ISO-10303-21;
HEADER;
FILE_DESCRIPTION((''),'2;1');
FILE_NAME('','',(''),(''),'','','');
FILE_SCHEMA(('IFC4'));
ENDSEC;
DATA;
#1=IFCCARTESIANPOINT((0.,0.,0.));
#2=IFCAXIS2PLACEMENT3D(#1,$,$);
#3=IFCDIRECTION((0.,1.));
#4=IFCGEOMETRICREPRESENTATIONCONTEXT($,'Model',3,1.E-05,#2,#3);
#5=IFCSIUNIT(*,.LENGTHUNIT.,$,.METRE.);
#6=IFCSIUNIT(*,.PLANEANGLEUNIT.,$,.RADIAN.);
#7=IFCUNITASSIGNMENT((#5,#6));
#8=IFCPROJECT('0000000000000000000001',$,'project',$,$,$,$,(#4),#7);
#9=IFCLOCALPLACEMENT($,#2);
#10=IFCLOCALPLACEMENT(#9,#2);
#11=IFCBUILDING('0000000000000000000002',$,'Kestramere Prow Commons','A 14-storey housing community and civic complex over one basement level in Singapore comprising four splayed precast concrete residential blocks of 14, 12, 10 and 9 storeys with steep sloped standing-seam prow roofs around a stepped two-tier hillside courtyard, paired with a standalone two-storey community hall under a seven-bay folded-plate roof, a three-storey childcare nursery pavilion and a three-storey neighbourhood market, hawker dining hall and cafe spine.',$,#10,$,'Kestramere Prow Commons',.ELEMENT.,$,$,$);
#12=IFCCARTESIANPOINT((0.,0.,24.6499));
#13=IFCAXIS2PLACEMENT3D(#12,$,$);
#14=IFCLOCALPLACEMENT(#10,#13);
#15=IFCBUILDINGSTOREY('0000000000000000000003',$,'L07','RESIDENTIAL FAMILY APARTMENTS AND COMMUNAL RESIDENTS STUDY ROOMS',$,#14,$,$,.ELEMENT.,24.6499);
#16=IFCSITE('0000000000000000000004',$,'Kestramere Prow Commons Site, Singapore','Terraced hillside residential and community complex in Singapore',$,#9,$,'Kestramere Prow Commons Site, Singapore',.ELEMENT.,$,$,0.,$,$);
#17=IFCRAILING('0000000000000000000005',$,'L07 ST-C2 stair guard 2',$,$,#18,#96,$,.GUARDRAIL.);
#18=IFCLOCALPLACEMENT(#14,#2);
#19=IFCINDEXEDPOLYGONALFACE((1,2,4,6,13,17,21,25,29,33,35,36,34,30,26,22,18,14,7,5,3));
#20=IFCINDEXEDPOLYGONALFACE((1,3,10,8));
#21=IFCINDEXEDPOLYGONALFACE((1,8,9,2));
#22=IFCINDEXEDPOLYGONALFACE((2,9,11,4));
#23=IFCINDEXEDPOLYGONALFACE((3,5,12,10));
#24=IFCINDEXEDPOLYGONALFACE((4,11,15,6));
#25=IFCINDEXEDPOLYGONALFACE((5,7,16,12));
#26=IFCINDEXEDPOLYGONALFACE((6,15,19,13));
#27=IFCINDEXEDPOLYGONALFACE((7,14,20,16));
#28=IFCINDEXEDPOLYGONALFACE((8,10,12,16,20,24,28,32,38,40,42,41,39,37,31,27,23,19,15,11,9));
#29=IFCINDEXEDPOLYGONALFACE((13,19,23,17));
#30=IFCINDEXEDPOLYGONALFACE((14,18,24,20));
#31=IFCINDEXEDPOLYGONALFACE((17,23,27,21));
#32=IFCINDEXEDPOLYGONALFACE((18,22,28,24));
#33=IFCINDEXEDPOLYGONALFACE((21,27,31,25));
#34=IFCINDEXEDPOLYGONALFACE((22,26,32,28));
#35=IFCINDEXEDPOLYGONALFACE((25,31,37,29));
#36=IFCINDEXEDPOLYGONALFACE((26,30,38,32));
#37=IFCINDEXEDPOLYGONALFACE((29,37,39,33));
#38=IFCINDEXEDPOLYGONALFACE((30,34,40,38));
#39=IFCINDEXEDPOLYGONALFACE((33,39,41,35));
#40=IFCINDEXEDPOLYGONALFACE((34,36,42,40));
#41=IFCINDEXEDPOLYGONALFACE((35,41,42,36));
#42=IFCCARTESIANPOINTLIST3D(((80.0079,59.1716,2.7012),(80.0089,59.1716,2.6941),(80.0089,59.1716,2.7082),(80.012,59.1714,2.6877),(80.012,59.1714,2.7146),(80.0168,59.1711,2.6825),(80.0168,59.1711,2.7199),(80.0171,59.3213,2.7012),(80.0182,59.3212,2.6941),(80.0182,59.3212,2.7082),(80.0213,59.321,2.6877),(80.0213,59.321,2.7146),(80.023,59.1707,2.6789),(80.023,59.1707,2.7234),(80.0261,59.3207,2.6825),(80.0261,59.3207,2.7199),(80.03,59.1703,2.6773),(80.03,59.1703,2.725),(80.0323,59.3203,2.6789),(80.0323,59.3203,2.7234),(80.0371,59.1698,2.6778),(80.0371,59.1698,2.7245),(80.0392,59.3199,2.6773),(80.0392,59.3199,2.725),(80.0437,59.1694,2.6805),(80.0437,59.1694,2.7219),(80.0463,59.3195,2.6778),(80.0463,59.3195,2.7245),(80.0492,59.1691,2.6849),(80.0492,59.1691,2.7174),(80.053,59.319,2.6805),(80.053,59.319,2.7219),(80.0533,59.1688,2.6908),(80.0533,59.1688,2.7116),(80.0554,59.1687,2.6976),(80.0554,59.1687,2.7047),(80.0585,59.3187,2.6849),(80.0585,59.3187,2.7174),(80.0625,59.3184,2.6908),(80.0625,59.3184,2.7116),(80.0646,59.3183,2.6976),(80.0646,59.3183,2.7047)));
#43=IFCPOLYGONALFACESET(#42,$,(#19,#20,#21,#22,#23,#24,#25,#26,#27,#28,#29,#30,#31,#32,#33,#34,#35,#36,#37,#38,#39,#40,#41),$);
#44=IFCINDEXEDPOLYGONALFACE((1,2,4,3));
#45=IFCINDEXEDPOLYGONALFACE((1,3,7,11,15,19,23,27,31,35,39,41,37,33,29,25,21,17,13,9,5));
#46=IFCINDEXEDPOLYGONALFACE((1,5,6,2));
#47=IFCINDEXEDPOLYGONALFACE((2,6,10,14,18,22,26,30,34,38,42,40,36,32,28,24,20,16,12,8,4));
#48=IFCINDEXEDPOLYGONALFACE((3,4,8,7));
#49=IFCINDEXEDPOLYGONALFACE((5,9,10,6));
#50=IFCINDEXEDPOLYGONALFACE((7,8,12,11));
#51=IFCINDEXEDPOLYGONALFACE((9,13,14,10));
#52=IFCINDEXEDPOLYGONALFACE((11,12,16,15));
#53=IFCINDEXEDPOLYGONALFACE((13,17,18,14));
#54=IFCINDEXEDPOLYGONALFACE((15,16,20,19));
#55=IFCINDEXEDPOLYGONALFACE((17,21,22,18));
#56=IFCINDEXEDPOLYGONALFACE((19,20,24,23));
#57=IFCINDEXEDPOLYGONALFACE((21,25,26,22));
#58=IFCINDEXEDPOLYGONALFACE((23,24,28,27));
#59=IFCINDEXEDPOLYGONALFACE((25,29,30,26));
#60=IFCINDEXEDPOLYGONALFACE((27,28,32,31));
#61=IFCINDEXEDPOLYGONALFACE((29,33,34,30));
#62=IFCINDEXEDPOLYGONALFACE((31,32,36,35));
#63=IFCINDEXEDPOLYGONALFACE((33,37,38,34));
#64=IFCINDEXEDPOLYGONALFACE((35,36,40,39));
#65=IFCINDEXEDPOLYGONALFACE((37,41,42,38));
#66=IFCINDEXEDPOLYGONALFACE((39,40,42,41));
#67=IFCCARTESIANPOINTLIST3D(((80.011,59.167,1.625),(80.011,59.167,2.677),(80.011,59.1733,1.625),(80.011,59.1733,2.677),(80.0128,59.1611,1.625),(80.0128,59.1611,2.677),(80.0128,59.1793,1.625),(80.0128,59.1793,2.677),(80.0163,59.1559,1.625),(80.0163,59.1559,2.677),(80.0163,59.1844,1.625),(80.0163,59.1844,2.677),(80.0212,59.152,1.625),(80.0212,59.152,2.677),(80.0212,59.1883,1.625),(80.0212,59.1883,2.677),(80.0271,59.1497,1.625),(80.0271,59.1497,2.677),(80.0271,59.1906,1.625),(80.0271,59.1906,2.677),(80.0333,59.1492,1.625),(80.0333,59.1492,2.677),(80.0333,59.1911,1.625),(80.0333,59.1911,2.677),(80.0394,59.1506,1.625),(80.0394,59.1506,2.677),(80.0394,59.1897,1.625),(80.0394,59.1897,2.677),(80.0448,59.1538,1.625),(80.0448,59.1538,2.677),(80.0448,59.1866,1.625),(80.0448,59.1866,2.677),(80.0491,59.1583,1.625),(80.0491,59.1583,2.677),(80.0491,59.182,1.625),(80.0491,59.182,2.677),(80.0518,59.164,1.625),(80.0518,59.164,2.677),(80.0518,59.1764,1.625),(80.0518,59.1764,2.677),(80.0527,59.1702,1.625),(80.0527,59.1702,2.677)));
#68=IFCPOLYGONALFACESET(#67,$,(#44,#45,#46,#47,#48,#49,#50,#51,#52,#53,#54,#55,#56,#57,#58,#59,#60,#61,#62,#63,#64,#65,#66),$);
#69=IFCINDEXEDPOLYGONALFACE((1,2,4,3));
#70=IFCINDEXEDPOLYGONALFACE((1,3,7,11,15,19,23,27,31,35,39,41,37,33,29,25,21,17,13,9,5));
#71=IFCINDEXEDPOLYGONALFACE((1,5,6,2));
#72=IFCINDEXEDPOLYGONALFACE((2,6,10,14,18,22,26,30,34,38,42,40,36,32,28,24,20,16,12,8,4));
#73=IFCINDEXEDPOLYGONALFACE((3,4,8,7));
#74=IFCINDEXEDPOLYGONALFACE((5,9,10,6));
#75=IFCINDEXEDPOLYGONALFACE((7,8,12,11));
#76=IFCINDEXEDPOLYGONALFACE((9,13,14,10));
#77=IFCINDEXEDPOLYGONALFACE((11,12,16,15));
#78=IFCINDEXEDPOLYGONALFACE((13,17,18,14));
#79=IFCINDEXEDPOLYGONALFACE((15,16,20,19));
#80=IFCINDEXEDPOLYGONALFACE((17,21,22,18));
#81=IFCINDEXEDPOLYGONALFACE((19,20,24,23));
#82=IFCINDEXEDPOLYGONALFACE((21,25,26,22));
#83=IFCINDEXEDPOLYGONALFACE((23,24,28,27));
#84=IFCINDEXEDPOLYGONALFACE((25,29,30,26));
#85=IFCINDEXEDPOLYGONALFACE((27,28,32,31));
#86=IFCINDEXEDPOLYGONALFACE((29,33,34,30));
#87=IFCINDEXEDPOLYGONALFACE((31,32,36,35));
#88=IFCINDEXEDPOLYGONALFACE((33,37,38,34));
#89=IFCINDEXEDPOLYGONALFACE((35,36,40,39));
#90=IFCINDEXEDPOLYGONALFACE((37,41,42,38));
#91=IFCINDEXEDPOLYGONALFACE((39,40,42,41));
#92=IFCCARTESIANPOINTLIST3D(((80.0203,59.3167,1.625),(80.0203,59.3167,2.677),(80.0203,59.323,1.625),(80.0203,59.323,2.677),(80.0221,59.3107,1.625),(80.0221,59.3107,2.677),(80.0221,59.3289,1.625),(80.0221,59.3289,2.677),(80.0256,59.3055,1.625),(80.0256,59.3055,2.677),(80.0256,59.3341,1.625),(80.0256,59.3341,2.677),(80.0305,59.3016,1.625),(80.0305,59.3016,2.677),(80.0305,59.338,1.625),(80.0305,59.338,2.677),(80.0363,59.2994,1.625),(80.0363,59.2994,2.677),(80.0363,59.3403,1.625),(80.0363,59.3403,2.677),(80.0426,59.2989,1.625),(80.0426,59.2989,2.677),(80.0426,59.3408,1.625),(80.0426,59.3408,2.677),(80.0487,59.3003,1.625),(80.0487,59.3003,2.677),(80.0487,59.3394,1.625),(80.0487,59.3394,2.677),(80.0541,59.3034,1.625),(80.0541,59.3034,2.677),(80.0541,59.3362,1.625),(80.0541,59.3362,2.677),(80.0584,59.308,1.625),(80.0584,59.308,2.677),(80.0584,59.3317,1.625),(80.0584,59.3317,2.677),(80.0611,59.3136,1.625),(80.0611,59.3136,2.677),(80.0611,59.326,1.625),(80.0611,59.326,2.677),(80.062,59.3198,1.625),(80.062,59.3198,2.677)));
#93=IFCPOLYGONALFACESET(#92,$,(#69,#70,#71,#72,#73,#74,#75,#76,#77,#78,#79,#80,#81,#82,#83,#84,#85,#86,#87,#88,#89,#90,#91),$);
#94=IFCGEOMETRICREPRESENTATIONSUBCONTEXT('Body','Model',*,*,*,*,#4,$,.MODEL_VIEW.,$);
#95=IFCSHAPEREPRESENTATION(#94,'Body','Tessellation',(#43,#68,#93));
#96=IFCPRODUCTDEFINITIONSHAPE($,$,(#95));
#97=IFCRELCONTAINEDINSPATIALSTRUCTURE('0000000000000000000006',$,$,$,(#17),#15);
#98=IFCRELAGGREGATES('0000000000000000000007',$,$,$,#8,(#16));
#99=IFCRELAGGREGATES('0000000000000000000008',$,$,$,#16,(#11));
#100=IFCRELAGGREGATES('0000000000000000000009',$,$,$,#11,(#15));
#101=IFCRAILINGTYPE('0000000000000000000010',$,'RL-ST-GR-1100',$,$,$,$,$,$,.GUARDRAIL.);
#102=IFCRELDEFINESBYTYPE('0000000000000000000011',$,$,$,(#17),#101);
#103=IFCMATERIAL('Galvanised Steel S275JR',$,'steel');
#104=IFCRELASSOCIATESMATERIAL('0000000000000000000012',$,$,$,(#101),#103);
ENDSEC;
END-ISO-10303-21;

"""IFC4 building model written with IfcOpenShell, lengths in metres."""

from ifc_helpers import new_model, si_unit, direction, frame, origin, origin_2d, place, context, subcontext, project, spatial, circle, extrude, material, type_object, element, save


model = new_model("IFC4")

# Units and contexts
model_context = context("Model", 3, precision=1e-05, world=origin(), true_north=direction((0.0, 1.0)))
body_context = subcontext(model_context, "Body", "Model", "MODEL_VIEW")
ifc_project = project(units=[si_unit("LENGTHUNIT", "METRE"), si_unit("PLANEANGLEUNIT", "RADIAN")], contexts=[model_context])

# Site, building, storey
site_placement = place(None, origin())
site = spatial("IfcSite", under=ifc_project, at=site_placement, Name="Kestramere Prow Commons Site, Singapore", Description="Terraced hillside residential and community complex in Singapore", LongName="Kestramere Prow Commons Site, Singapore", CompositionType="ELEMENT", RefElevation=0.0)
building_placement = place(site_placement, origin())
building = spatial("IfcBuilding", under=site, at=building_placement, Name="Kestramere Prow Commons", Description="A 14-storey housing community and civic complex over one basement level in Singapore comprising four splayed precast concrete residential blocks of 14, 12, 10 and 9 storeys with steep sloped standing-seam prow roofs around a stepped two-tier hillside courtyard, paired with a standalone two-storey community hall under a seven-bay folded-plate roof, a three-storey childcare nursery pavilion and a three-storey neighbourhood market, hawker dining hall and cafe spine.", LongName="Kestramere Prow Commons", CompositionType="ELEMENT")
storey_placement = place(building_placement, frame((0.0, 0.0, 24.6499)))
storey = spatial("IfcBuildingStorey", under=building, at=storey_placement, Name="L07", Description="RESIDENTIAL FAMILY APARTMENTS AND COMMUNAL RESIDENTS STUDY ROOMS", CompositionType="ELEMENT", Elevation=24.6499)

# Railing
ifc_material_1 = material(Name="Galvanised Steel S275JR", Category="steel")
railing_type_1 = type_object("IfcRailingType", Name="RL-ST-GR-1100", PredefinedType="GUARDRAIL", material=ifc_material_1)
railing_1_placement = place(storey_placement, frame((80.0317, 59.1702, 1.625)))
element("IfcRailing", 1, at=railing_1_placement, inside=storey, type_object=railing_type_1, Name="L07 ST-C2 stair guard 2", PredefinedType="GUARDRAIL", context=body_context, shape_type="SweptSolid", body=[
    extrude(circle(Radius=0.0239, at=origin_2d()), frame((0.0, 0.0, 1.0762), z_axis=(0.061871, 0.998084, 0.0), x_axis=(-0.998084, 0.061871, 0.0)), (0.0, 0.0, 1.0), 0.1499),
    extrude(circle(Radius=0.021, at=origin_2d()), origin(), (0.0, 0.0, 1.0), 1.052),
    extrude(circle(Radius=0.021, at=origin_2d()), frame((0.0093, 0.1497, 0.0)), (0.0, 0.0, 1.0), 1.052),
])

save(model, "model.ifc")
